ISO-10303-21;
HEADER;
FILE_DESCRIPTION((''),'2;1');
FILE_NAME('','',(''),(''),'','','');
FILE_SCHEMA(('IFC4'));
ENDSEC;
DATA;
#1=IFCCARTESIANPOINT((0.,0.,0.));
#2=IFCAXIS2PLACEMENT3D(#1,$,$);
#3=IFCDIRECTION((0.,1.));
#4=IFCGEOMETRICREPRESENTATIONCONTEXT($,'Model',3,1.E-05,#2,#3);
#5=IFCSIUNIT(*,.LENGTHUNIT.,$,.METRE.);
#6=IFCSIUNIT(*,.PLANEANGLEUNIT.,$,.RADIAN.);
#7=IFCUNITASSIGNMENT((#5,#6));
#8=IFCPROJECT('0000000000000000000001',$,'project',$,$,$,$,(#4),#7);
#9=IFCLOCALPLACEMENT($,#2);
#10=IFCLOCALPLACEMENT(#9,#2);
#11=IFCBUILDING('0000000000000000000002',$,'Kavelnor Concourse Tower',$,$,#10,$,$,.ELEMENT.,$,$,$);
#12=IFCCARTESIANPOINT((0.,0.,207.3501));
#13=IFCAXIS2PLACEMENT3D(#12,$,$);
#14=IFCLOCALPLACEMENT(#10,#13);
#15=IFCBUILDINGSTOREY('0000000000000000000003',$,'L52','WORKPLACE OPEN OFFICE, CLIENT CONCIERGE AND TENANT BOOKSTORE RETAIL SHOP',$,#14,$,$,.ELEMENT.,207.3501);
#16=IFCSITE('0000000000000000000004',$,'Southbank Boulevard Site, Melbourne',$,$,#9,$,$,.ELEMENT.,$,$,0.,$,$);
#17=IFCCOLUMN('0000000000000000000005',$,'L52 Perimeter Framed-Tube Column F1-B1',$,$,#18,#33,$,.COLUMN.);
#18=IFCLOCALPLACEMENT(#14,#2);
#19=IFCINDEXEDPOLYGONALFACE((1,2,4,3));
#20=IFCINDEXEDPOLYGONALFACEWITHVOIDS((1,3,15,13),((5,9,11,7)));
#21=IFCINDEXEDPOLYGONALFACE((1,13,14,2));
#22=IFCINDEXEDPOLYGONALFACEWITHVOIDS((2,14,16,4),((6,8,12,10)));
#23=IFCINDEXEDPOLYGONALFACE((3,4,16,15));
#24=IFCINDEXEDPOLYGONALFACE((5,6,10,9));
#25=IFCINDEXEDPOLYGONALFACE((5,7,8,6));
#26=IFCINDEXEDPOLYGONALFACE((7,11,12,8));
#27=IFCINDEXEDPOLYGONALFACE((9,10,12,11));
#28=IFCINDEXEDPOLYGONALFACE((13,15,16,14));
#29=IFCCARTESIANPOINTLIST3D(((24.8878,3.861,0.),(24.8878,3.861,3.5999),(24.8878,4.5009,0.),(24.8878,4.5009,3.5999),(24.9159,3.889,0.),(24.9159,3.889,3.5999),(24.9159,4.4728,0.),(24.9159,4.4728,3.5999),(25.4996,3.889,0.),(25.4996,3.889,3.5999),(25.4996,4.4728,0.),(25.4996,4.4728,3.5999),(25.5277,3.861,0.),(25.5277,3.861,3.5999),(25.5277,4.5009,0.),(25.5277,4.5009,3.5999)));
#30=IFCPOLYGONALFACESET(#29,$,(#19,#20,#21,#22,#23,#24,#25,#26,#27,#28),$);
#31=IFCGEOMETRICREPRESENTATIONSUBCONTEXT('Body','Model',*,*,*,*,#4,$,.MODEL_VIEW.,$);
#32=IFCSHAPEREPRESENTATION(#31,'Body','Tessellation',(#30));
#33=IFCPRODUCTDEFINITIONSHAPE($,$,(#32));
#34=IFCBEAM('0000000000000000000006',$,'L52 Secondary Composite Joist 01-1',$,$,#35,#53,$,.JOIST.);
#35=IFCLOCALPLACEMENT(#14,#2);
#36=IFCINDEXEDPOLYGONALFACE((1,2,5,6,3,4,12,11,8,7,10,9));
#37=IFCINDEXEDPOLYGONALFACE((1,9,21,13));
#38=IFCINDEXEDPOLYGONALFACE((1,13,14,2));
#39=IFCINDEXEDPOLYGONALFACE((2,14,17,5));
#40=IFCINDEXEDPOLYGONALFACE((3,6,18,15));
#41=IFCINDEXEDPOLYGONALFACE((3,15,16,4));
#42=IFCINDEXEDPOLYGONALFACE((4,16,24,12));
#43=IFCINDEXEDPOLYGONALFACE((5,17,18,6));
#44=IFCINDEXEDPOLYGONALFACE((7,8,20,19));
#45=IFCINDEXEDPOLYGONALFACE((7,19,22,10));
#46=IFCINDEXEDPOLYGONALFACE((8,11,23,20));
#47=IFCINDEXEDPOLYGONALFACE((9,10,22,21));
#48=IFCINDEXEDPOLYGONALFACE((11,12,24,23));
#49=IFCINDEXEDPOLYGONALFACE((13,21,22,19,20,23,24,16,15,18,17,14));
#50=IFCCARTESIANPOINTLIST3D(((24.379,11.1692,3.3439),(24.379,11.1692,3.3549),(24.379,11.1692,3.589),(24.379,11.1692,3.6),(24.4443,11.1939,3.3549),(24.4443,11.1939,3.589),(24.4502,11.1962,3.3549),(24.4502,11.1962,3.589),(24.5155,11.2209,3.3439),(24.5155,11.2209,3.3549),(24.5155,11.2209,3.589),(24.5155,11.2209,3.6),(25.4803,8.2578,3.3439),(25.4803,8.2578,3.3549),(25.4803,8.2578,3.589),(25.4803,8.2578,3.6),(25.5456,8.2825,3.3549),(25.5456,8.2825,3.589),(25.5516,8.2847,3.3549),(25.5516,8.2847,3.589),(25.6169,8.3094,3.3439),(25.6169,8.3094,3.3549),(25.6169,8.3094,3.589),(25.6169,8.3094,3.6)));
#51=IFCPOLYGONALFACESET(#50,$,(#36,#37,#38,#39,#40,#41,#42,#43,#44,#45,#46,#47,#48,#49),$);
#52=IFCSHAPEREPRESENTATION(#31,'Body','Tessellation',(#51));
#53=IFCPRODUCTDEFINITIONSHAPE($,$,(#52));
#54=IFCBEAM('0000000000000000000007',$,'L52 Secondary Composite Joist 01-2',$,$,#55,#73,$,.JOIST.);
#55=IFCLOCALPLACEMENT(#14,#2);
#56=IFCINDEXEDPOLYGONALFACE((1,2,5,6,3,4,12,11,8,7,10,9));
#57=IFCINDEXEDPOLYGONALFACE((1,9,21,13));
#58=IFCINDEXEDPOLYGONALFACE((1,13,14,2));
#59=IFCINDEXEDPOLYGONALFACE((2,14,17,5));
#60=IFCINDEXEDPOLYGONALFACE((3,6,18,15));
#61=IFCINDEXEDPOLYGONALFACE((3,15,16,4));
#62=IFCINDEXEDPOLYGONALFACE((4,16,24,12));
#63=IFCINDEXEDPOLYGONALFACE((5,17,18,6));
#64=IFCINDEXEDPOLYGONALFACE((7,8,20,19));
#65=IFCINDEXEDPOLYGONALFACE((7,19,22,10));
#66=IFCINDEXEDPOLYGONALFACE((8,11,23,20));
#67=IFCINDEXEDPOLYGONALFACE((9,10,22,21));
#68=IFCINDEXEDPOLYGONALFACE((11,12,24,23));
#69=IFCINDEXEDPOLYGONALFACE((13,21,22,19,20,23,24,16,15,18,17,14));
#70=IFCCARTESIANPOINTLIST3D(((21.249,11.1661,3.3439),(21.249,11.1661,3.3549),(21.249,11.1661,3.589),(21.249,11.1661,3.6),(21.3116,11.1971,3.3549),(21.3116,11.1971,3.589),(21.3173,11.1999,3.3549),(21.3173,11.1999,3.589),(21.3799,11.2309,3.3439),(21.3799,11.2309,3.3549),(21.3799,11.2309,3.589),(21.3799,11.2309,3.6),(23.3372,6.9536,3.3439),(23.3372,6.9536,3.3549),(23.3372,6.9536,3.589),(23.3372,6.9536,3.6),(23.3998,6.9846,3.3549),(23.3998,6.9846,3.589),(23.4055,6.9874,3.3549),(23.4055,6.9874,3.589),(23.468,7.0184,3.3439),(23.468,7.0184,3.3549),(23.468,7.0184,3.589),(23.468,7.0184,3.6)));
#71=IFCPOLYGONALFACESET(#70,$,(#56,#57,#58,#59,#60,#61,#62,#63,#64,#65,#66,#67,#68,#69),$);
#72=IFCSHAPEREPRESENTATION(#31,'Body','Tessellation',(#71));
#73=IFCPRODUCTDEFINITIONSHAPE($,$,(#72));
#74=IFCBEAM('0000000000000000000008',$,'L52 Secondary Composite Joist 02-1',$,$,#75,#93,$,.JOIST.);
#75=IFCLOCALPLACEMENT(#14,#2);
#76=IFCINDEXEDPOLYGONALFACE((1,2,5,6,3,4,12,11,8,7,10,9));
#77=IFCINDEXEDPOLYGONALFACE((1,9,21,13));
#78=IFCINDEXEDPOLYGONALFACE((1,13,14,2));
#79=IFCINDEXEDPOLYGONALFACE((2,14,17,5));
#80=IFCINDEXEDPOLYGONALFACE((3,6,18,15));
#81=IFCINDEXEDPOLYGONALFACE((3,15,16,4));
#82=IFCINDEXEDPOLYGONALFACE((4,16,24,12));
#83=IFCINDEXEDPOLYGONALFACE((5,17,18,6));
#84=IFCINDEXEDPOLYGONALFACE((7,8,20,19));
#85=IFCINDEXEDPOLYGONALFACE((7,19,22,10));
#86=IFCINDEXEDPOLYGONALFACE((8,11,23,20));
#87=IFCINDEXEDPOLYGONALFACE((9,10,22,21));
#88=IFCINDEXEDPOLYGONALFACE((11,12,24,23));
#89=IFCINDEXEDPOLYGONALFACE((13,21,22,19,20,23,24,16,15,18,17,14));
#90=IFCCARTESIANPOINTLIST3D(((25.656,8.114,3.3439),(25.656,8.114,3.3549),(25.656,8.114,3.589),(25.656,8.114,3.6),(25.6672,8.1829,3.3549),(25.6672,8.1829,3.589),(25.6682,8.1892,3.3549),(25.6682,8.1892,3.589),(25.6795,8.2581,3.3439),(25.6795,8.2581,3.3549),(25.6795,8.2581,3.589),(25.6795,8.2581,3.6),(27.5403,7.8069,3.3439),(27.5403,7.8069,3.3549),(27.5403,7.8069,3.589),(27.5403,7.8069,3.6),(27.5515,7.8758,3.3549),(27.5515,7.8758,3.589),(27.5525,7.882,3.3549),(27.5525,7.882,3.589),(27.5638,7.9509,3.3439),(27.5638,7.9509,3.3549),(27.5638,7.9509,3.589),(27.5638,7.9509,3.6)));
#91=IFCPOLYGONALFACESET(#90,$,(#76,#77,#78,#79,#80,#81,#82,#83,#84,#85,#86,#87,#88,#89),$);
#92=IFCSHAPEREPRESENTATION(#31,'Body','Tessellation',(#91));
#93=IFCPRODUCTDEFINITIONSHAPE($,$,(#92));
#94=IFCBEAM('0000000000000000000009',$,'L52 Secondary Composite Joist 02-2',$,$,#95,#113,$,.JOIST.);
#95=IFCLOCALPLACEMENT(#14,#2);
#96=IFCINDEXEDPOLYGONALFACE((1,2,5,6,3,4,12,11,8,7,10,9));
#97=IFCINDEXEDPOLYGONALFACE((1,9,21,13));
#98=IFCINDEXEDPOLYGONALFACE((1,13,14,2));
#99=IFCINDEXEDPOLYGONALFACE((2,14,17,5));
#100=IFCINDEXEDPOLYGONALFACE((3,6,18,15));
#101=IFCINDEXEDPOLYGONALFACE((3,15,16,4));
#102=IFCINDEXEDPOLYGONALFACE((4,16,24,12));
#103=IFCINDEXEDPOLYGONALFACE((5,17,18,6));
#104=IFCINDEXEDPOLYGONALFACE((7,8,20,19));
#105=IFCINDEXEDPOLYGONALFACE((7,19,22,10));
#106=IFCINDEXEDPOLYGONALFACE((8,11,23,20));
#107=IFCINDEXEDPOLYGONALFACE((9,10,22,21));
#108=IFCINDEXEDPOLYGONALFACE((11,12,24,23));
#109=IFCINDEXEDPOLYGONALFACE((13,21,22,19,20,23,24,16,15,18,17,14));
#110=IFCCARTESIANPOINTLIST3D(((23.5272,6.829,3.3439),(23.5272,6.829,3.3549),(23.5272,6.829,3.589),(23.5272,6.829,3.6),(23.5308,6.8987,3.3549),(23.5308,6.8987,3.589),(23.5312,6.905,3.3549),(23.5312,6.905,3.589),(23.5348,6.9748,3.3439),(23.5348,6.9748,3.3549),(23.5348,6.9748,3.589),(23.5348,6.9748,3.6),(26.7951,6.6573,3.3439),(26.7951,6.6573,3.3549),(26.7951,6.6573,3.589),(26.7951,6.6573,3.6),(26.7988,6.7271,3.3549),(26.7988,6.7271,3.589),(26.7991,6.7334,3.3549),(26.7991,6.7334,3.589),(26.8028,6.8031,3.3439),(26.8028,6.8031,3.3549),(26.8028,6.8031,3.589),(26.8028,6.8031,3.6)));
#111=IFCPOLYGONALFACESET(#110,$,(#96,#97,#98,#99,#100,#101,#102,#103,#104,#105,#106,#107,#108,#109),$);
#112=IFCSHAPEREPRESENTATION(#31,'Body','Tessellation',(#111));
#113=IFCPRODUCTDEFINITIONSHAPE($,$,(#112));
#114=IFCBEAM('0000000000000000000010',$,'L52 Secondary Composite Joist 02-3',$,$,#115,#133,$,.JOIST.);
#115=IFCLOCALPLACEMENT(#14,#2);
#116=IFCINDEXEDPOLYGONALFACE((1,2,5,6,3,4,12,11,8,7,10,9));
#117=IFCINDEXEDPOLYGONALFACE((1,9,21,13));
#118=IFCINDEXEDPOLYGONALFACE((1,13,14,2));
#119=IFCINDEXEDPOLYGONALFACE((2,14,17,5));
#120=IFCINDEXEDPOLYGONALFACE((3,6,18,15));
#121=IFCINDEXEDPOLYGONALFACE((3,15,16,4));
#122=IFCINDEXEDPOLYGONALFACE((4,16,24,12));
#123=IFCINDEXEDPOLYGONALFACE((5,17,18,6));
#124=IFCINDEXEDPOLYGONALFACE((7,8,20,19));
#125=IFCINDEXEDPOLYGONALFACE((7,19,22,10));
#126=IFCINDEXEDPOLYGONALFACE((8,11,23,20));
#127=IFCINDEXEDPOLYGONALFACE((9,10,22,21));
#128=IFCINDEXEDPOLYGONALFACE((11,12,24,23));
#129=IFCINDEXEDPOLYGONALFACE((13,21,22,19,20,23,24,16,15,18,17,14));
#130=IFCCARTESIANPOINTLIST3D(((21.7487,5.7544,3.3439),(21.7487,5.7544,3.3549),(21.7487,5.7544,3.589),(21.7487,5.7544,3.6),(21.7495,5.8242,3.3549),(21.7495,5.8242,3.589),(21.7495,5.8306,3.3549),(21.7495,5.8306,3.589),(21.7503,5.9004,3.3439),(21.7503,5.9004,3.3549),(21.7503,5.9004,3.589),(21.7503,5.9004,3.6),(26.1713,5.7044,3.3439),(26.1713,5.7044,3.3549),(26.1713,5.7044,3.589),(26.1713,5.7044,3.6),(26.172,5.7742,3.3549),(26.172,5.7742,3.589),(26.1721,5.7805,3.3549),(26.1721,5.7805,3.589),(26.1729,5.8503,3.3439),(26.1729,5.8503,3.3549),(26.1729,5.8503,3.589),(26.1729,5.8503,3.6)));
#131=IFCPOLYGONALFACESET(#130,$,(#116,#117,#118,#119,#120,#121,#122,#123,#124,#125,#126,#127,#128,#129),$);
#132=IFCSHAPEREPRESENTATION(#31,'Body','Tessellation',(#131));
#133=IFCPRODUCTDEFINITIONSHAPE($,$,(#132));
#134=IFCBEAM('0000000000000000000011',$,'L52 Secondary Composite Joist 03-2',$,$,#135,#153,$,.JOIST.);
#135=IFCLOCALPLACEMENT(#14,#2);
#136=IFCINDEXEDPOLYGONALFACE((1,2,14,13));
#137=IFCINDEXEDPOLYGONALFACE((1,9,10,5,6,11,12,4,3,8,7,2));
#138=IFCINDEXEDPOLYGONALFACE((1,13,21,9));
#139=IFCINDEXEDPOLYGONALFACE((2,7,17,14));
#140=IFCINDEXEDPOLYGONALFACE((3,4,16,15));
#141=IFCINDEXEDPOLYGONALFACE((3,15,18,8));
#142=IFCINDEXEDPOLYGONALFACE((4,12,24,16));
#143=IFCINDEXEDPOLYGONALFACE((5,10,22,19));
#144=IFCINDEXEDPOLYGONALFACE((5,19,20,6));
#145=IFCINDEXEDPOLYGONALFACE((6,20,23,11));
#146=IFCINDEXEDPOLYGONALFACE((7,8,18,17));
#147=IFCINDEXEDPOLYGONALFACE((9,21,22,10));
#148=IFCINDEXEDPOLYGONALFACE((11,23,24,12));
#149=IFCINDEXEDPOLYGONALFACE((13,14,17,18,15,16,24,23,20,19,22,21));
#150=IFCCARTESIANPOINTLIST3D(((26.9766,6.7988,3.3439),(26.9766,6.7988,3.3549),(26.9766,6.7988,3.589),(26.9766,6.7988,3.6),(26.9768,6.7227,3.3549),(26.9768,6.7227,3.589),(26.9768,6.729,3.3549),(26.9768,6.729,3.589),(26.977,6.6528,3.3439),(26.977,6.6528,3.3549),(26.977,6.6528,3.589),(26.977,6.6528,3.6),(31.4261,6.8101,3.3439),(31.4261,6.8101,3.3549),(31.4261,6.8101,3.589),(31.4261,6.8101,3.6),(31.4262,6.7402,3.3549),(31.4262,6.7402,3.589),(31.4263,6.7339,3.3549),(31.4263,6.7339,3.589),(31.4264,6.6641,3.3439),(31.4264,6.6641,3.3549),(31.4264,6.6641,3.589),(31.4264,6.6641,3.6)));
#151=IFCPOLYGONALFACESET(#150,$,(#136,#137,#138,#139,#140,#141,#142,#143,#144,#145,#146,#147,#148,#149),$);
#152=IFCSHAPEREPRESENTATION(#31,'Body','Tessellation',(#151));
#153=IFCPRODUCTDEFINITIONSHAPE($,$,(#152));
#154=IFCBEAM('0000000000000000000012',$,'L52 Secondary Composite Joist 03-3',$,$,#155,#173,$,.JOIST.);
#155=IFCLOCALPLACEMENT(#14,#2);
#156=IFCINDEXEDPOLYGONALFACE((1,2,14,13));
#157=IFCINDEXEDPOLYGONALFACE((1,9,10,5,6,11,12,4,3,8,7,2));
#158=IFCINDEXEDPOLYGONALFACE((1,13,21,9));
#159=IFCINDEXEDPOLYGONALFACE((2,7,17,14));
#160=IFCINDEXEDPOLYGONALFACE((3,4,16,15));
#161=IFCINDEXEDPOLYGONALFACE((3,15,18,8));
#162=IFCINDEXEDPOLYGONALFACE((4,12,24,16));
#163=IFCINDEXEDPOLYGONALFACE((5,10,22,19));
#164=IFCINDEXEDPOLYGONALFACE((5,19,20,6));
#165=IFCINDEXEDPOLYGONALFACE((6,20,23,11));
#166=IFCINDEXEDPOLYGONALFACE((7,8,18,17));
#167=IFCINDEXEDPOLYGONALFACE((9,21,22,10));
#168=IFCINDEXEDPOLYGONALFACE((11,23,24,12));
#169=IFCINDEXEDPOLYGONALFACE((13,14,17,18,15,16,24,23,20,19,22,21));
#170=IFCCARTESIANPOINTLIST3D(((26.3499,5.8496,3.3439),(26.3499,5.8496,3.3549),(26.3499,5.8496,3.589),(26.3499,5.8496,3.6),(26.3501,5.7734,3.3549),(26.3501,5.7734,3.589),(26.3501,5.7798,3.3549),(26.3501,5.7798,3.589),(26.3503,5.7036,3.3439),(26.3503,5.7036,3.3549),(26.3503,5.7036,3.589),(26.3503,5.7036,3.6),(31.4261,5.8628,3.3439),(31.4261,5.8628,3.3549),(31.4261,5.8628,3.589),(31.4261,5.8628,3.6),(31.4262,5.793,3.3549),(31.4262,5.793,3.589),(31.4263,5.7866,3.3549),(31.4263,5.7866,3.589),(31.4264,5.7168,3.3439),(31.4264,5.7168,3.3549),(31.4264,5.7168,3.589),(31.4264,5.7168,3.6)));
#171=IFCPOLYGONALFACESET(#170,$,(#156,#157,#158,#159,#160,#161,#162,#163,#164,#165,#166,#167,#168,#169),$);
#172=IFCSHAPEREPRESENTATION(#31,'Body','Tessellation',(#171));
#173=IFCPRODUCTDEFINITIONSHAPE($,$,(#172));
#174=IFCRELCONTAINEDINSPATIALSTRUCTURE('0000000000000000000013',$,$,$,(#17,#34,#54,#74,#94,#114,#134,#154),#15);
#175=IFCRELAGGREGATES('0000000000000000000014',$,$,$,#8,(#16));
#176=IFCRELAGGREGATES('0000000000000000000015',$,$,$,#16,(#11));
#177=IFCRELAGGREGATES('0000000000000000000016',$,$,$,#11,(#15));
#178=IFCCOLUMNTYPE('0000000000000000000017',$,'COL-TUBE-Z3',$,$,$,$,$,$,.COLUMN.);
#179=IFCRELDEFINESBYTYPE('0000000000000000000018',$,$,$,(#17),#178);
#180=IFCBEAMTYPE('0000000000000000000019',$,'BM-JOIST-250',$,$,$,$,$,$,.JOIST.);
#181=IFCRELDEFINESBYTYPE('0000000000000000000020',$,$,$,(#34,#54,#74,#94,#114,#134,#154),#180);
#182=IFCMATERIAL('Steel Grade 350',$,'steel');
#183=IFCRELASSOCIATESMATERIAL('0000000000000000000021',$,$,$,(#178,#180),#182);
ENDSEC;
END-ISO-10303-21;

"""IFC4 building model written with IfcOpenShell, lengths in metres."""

from ifc_helpers import new_model, si_unit, direction, frame, origin, origin_2d, place, context, subcontext, project, spatial, hollow_rectangle, i_section, extrude, material, material_profile, profile_set, type_object, element, save


model = new_model("IFC4")

# Units and contexts
model_context = context("Model", 3, precision=1e-05, world=origin(), true_north=direction((0.0, 1.0)))
body_context = subcontext(model_context, "Body", "Model", "MODEL_VIEW")
ifc_project = project(units=[si_unit("LENGTHUNIT", "METRE"), si_unit("PLANEANGLEUNIT", "RADIAN")], contexts=[model_context])

# Site, building, storey
site_placement = place(None, origin())
site = spatial("IfcSite", under=ifc_project, at=site_placement, Name="Southbank Boulevard Site, Melbourne", CompositionType="ELEMENT", RefElevation=0.0)
building_placement = place(site_placement, origin())
building = spatial("IfcBuilding", under=site, at=building_placement, Name="Kavelnor Concourse Tower", CompositionType="ELEMENT")
storey_placement = place(building_placement, frame((0.0, 0.0, 207.3501)))
storey = spatial("IfcBuildingStorey", under=building, at=storey_placement, Name="L52", Description="WORKPLACE OPEN OFFICE, CLIENT CONCIERGE AND TENANT BOOKSTORE RETAIL SHOP", CompositionType="ELEMENT", Elevation=207.3501)

# Column
ifc_material_1 = material(Name="Steel Grade 350", Category="steel")
ifc_material_profile_1 = material_profile(ifc_material_1, hollow_rectangle(XDim=0.6399, YDim=0.6399, WallThickness=0.0281, at=origin_2d()), Name="SHS 640x640x28")
ifc_profile_set_1 = profile_set([ifc_material_profile_1], Name="Steel Grade 350")
column_type = type_object("IfcColumnType", Name="COL-TUBE-Z3", PredefinedType="COLUMN", material=ifc_profile_set_1)
column_placement = place(storey_placement, frame((25.2078, 4.1809, 0.0), z_axis=(0.0, 0.0, 1.0), x_axis=(1.0, 0.0, 0.0)))
element("IfcColumn", 1, at=column_placement, inside=storey, type_object=column_type, Name="L52 Perimeter Framed-Tube Column F1-B1", PredefinedType="COLUMN", context=body_context, shape_type="SweptSolid", body=[
    extrude(hollow_rectangle(XDim=0.6399, YDim=0.6399, WallThickness=0.0281, at=origin_2d()), origin(), (0.0, 0.0, 1.0), 3.5999),
])

# Beams
ifc_material_profile_2 = material_profile(ifc_material_1, i_section(OverallWidth=0.146, OverallDepth=0.2561, WebThickness=0.0063, FlangeThickness=0.011, at=origin_2d()), Name="250UB37")
ifc_profile_set_2 = profile_set([ifc_material_profile_2], Name="Steel Grade 350")
beam_type_1 = type_object("IfcBeamType", Name="BM-JOIST-250", PredefinedType="JOIST", material=ifc_profile_set_2)
beam_1_placement = place(storey_placement, frame((24.4473, 11.1951, 3.4719), z_axis=(0.353812, -0.935316, 0.0), x_axis=(0.935316, 0.353812, 0.0)))
element("IfcBeam", 2, at=beam_1_placement, inside=storey, type_object=beam_type_1, Name="L52 Secondary Composite Joist 01-1", PredefinedType="JOIST", context=body_context, shape_type="SweptSolid", body=[
    extrude(i_section(OverallWidth=0.146, OverallDepth=0.2561, WebThickness=0.0063, FlangeThickness=0.011, at=origin_2d()), origin(), (0.0, 0.0, 1.0), 3.1128),
])
beam_2_placement = place(storey_placement, frame((21.3145, 11.1985, 3.4719), z_axis=(0.444137, -0.895959, 0.0), x_axis=(0.895959, 0.444137, 0.0)))
element("IfcBeam", 3, at=beam_2_placement, inside=storey, type_object=beam_type_1, Name="L52 Secondary Composite Joist 01-2", PredefinedType="JOIST", context=body_context, shape_type="SweptSolid", body=[
    extrude(i_section(OverallWidth=0.146, OverallDepth=0.2561, WebThickness=0.0063, FlangeThickness=0.011, at=origin_2d()), origin(), (0.0, 0.0, 1.0), 4.7017),
])
beam_3_placement = place(storey_placement, frame((25.6677, 8.186, 3.4719), z_axis=(0.986975, -0.160873, 0.0), x_axis=(0.160873, 0.986975, 0.0)))
element("IfcBeam", 4, at=beam_3_placement, inside=storey, type_object=beam_type_1, Name="L52 Secondary Composite Joist 02-1", PredefinedType="JOIST", context=body_context, shape_type="SweptSolid", body=[
    extrude(i_section(OverallWidth=0.146, OverallDepth=0.2561, WebThickness=0.0063, FlangeThickness=0.011, at=origin_2d()), origin(), (0.0, 0.0, 1.0), 1.9092),
])
beam_4_placement = place(storey_placement, frame((23.531, 6.9019, 3.4719), z_axis=(0.998624, -0.052445, 0.0), x_axis=(0.052445, 0.998624, 0.0)))
element("IfcBeam", 5, at=beam_4_placement, inside=storey, type_object=beam_type_1, Name="L52 Secondary Composite Joist 02-2", PredefinedType="JOIST", context=body_context, shape_type="SweptSolid", body=[
    extrude(i_section(OverallWidth=0.146, OverallDepth=0.2561, WebThickness=0.0063, FlangeThickness=0.011, at=origin_2d()), origin(), (0.0, 0.0, 1.0), 3.2725),
])
beam_5_placement = place(storey_placement, frame((21.7495, 5.8274, 3.4719), z_axis=(0.999936, -0.011316, 0.0), x_axis=(0.011316, 0.999936, 0.0)))
element("IfcBeam", 6, at=beam_5_placement, inside=storey, type_object=beam_type_1, Name="L52 Secondary Composite Joist 02-3", PredefinedType="JOIST", context=body_context, shape_type="SweptSolid", body=[
    extrude(i_section(OverallWidth=0.146, OverallDepth=0.2561, WebThickness=0.0063, FlangeThickness=0.011, at=origin_2d()), origin(), (0.0, 0.0, 1.0), 4.4229),
])
beam_6_placement = place(storey_placement, frame((26.9768, 6.7258, 3.4719), z_axis=(0.999997, 0.002524, 0.0), x_axis=(-0.002524, 0.999997, 0.0)))
element("IfcBeam", 7, at=beam_6_placement, inside=storey, type_object=beam_type_1, Name="L52 Secondary Composite Joist 03-2", PredefinedType="JOIST", context=body_context, shape_type="SweptSolid", body=[
    extrude(i_section(OverallWidth=0.146, OverallDepth=0.2561, WebThickness=0.0063, FlangeThickness=0.011, at=origin_2d()), origin(), (0.0, 0.0, 1.0), 4.4495),
])
beam_7_placement = place(storey_placement, frame((26.3501, 5.7766, 3.4719), z_axis=(0.999997, 0.002597, 0.0), x_axis=(-0.002597, 0.999997, 0.0)))
element("IfcBeam", 8, at=beam_7_placement, inside=storey, type_object=beam_type_1, Name="L52 Secondary Composite Joist 03-3", PredefinedType="JOIST", context=body_context, shape_type="SweptSolid", body=[
    extrude(i_section(OverallWidth=0.146, OverallDepth=0.2561, WebThickness=0.0063, FlangeThickness=0.011, at=origin_2d()), origin(), (0.0, 0.0, 1.0), 5.0762),
])

save(model, "model.ifc")
